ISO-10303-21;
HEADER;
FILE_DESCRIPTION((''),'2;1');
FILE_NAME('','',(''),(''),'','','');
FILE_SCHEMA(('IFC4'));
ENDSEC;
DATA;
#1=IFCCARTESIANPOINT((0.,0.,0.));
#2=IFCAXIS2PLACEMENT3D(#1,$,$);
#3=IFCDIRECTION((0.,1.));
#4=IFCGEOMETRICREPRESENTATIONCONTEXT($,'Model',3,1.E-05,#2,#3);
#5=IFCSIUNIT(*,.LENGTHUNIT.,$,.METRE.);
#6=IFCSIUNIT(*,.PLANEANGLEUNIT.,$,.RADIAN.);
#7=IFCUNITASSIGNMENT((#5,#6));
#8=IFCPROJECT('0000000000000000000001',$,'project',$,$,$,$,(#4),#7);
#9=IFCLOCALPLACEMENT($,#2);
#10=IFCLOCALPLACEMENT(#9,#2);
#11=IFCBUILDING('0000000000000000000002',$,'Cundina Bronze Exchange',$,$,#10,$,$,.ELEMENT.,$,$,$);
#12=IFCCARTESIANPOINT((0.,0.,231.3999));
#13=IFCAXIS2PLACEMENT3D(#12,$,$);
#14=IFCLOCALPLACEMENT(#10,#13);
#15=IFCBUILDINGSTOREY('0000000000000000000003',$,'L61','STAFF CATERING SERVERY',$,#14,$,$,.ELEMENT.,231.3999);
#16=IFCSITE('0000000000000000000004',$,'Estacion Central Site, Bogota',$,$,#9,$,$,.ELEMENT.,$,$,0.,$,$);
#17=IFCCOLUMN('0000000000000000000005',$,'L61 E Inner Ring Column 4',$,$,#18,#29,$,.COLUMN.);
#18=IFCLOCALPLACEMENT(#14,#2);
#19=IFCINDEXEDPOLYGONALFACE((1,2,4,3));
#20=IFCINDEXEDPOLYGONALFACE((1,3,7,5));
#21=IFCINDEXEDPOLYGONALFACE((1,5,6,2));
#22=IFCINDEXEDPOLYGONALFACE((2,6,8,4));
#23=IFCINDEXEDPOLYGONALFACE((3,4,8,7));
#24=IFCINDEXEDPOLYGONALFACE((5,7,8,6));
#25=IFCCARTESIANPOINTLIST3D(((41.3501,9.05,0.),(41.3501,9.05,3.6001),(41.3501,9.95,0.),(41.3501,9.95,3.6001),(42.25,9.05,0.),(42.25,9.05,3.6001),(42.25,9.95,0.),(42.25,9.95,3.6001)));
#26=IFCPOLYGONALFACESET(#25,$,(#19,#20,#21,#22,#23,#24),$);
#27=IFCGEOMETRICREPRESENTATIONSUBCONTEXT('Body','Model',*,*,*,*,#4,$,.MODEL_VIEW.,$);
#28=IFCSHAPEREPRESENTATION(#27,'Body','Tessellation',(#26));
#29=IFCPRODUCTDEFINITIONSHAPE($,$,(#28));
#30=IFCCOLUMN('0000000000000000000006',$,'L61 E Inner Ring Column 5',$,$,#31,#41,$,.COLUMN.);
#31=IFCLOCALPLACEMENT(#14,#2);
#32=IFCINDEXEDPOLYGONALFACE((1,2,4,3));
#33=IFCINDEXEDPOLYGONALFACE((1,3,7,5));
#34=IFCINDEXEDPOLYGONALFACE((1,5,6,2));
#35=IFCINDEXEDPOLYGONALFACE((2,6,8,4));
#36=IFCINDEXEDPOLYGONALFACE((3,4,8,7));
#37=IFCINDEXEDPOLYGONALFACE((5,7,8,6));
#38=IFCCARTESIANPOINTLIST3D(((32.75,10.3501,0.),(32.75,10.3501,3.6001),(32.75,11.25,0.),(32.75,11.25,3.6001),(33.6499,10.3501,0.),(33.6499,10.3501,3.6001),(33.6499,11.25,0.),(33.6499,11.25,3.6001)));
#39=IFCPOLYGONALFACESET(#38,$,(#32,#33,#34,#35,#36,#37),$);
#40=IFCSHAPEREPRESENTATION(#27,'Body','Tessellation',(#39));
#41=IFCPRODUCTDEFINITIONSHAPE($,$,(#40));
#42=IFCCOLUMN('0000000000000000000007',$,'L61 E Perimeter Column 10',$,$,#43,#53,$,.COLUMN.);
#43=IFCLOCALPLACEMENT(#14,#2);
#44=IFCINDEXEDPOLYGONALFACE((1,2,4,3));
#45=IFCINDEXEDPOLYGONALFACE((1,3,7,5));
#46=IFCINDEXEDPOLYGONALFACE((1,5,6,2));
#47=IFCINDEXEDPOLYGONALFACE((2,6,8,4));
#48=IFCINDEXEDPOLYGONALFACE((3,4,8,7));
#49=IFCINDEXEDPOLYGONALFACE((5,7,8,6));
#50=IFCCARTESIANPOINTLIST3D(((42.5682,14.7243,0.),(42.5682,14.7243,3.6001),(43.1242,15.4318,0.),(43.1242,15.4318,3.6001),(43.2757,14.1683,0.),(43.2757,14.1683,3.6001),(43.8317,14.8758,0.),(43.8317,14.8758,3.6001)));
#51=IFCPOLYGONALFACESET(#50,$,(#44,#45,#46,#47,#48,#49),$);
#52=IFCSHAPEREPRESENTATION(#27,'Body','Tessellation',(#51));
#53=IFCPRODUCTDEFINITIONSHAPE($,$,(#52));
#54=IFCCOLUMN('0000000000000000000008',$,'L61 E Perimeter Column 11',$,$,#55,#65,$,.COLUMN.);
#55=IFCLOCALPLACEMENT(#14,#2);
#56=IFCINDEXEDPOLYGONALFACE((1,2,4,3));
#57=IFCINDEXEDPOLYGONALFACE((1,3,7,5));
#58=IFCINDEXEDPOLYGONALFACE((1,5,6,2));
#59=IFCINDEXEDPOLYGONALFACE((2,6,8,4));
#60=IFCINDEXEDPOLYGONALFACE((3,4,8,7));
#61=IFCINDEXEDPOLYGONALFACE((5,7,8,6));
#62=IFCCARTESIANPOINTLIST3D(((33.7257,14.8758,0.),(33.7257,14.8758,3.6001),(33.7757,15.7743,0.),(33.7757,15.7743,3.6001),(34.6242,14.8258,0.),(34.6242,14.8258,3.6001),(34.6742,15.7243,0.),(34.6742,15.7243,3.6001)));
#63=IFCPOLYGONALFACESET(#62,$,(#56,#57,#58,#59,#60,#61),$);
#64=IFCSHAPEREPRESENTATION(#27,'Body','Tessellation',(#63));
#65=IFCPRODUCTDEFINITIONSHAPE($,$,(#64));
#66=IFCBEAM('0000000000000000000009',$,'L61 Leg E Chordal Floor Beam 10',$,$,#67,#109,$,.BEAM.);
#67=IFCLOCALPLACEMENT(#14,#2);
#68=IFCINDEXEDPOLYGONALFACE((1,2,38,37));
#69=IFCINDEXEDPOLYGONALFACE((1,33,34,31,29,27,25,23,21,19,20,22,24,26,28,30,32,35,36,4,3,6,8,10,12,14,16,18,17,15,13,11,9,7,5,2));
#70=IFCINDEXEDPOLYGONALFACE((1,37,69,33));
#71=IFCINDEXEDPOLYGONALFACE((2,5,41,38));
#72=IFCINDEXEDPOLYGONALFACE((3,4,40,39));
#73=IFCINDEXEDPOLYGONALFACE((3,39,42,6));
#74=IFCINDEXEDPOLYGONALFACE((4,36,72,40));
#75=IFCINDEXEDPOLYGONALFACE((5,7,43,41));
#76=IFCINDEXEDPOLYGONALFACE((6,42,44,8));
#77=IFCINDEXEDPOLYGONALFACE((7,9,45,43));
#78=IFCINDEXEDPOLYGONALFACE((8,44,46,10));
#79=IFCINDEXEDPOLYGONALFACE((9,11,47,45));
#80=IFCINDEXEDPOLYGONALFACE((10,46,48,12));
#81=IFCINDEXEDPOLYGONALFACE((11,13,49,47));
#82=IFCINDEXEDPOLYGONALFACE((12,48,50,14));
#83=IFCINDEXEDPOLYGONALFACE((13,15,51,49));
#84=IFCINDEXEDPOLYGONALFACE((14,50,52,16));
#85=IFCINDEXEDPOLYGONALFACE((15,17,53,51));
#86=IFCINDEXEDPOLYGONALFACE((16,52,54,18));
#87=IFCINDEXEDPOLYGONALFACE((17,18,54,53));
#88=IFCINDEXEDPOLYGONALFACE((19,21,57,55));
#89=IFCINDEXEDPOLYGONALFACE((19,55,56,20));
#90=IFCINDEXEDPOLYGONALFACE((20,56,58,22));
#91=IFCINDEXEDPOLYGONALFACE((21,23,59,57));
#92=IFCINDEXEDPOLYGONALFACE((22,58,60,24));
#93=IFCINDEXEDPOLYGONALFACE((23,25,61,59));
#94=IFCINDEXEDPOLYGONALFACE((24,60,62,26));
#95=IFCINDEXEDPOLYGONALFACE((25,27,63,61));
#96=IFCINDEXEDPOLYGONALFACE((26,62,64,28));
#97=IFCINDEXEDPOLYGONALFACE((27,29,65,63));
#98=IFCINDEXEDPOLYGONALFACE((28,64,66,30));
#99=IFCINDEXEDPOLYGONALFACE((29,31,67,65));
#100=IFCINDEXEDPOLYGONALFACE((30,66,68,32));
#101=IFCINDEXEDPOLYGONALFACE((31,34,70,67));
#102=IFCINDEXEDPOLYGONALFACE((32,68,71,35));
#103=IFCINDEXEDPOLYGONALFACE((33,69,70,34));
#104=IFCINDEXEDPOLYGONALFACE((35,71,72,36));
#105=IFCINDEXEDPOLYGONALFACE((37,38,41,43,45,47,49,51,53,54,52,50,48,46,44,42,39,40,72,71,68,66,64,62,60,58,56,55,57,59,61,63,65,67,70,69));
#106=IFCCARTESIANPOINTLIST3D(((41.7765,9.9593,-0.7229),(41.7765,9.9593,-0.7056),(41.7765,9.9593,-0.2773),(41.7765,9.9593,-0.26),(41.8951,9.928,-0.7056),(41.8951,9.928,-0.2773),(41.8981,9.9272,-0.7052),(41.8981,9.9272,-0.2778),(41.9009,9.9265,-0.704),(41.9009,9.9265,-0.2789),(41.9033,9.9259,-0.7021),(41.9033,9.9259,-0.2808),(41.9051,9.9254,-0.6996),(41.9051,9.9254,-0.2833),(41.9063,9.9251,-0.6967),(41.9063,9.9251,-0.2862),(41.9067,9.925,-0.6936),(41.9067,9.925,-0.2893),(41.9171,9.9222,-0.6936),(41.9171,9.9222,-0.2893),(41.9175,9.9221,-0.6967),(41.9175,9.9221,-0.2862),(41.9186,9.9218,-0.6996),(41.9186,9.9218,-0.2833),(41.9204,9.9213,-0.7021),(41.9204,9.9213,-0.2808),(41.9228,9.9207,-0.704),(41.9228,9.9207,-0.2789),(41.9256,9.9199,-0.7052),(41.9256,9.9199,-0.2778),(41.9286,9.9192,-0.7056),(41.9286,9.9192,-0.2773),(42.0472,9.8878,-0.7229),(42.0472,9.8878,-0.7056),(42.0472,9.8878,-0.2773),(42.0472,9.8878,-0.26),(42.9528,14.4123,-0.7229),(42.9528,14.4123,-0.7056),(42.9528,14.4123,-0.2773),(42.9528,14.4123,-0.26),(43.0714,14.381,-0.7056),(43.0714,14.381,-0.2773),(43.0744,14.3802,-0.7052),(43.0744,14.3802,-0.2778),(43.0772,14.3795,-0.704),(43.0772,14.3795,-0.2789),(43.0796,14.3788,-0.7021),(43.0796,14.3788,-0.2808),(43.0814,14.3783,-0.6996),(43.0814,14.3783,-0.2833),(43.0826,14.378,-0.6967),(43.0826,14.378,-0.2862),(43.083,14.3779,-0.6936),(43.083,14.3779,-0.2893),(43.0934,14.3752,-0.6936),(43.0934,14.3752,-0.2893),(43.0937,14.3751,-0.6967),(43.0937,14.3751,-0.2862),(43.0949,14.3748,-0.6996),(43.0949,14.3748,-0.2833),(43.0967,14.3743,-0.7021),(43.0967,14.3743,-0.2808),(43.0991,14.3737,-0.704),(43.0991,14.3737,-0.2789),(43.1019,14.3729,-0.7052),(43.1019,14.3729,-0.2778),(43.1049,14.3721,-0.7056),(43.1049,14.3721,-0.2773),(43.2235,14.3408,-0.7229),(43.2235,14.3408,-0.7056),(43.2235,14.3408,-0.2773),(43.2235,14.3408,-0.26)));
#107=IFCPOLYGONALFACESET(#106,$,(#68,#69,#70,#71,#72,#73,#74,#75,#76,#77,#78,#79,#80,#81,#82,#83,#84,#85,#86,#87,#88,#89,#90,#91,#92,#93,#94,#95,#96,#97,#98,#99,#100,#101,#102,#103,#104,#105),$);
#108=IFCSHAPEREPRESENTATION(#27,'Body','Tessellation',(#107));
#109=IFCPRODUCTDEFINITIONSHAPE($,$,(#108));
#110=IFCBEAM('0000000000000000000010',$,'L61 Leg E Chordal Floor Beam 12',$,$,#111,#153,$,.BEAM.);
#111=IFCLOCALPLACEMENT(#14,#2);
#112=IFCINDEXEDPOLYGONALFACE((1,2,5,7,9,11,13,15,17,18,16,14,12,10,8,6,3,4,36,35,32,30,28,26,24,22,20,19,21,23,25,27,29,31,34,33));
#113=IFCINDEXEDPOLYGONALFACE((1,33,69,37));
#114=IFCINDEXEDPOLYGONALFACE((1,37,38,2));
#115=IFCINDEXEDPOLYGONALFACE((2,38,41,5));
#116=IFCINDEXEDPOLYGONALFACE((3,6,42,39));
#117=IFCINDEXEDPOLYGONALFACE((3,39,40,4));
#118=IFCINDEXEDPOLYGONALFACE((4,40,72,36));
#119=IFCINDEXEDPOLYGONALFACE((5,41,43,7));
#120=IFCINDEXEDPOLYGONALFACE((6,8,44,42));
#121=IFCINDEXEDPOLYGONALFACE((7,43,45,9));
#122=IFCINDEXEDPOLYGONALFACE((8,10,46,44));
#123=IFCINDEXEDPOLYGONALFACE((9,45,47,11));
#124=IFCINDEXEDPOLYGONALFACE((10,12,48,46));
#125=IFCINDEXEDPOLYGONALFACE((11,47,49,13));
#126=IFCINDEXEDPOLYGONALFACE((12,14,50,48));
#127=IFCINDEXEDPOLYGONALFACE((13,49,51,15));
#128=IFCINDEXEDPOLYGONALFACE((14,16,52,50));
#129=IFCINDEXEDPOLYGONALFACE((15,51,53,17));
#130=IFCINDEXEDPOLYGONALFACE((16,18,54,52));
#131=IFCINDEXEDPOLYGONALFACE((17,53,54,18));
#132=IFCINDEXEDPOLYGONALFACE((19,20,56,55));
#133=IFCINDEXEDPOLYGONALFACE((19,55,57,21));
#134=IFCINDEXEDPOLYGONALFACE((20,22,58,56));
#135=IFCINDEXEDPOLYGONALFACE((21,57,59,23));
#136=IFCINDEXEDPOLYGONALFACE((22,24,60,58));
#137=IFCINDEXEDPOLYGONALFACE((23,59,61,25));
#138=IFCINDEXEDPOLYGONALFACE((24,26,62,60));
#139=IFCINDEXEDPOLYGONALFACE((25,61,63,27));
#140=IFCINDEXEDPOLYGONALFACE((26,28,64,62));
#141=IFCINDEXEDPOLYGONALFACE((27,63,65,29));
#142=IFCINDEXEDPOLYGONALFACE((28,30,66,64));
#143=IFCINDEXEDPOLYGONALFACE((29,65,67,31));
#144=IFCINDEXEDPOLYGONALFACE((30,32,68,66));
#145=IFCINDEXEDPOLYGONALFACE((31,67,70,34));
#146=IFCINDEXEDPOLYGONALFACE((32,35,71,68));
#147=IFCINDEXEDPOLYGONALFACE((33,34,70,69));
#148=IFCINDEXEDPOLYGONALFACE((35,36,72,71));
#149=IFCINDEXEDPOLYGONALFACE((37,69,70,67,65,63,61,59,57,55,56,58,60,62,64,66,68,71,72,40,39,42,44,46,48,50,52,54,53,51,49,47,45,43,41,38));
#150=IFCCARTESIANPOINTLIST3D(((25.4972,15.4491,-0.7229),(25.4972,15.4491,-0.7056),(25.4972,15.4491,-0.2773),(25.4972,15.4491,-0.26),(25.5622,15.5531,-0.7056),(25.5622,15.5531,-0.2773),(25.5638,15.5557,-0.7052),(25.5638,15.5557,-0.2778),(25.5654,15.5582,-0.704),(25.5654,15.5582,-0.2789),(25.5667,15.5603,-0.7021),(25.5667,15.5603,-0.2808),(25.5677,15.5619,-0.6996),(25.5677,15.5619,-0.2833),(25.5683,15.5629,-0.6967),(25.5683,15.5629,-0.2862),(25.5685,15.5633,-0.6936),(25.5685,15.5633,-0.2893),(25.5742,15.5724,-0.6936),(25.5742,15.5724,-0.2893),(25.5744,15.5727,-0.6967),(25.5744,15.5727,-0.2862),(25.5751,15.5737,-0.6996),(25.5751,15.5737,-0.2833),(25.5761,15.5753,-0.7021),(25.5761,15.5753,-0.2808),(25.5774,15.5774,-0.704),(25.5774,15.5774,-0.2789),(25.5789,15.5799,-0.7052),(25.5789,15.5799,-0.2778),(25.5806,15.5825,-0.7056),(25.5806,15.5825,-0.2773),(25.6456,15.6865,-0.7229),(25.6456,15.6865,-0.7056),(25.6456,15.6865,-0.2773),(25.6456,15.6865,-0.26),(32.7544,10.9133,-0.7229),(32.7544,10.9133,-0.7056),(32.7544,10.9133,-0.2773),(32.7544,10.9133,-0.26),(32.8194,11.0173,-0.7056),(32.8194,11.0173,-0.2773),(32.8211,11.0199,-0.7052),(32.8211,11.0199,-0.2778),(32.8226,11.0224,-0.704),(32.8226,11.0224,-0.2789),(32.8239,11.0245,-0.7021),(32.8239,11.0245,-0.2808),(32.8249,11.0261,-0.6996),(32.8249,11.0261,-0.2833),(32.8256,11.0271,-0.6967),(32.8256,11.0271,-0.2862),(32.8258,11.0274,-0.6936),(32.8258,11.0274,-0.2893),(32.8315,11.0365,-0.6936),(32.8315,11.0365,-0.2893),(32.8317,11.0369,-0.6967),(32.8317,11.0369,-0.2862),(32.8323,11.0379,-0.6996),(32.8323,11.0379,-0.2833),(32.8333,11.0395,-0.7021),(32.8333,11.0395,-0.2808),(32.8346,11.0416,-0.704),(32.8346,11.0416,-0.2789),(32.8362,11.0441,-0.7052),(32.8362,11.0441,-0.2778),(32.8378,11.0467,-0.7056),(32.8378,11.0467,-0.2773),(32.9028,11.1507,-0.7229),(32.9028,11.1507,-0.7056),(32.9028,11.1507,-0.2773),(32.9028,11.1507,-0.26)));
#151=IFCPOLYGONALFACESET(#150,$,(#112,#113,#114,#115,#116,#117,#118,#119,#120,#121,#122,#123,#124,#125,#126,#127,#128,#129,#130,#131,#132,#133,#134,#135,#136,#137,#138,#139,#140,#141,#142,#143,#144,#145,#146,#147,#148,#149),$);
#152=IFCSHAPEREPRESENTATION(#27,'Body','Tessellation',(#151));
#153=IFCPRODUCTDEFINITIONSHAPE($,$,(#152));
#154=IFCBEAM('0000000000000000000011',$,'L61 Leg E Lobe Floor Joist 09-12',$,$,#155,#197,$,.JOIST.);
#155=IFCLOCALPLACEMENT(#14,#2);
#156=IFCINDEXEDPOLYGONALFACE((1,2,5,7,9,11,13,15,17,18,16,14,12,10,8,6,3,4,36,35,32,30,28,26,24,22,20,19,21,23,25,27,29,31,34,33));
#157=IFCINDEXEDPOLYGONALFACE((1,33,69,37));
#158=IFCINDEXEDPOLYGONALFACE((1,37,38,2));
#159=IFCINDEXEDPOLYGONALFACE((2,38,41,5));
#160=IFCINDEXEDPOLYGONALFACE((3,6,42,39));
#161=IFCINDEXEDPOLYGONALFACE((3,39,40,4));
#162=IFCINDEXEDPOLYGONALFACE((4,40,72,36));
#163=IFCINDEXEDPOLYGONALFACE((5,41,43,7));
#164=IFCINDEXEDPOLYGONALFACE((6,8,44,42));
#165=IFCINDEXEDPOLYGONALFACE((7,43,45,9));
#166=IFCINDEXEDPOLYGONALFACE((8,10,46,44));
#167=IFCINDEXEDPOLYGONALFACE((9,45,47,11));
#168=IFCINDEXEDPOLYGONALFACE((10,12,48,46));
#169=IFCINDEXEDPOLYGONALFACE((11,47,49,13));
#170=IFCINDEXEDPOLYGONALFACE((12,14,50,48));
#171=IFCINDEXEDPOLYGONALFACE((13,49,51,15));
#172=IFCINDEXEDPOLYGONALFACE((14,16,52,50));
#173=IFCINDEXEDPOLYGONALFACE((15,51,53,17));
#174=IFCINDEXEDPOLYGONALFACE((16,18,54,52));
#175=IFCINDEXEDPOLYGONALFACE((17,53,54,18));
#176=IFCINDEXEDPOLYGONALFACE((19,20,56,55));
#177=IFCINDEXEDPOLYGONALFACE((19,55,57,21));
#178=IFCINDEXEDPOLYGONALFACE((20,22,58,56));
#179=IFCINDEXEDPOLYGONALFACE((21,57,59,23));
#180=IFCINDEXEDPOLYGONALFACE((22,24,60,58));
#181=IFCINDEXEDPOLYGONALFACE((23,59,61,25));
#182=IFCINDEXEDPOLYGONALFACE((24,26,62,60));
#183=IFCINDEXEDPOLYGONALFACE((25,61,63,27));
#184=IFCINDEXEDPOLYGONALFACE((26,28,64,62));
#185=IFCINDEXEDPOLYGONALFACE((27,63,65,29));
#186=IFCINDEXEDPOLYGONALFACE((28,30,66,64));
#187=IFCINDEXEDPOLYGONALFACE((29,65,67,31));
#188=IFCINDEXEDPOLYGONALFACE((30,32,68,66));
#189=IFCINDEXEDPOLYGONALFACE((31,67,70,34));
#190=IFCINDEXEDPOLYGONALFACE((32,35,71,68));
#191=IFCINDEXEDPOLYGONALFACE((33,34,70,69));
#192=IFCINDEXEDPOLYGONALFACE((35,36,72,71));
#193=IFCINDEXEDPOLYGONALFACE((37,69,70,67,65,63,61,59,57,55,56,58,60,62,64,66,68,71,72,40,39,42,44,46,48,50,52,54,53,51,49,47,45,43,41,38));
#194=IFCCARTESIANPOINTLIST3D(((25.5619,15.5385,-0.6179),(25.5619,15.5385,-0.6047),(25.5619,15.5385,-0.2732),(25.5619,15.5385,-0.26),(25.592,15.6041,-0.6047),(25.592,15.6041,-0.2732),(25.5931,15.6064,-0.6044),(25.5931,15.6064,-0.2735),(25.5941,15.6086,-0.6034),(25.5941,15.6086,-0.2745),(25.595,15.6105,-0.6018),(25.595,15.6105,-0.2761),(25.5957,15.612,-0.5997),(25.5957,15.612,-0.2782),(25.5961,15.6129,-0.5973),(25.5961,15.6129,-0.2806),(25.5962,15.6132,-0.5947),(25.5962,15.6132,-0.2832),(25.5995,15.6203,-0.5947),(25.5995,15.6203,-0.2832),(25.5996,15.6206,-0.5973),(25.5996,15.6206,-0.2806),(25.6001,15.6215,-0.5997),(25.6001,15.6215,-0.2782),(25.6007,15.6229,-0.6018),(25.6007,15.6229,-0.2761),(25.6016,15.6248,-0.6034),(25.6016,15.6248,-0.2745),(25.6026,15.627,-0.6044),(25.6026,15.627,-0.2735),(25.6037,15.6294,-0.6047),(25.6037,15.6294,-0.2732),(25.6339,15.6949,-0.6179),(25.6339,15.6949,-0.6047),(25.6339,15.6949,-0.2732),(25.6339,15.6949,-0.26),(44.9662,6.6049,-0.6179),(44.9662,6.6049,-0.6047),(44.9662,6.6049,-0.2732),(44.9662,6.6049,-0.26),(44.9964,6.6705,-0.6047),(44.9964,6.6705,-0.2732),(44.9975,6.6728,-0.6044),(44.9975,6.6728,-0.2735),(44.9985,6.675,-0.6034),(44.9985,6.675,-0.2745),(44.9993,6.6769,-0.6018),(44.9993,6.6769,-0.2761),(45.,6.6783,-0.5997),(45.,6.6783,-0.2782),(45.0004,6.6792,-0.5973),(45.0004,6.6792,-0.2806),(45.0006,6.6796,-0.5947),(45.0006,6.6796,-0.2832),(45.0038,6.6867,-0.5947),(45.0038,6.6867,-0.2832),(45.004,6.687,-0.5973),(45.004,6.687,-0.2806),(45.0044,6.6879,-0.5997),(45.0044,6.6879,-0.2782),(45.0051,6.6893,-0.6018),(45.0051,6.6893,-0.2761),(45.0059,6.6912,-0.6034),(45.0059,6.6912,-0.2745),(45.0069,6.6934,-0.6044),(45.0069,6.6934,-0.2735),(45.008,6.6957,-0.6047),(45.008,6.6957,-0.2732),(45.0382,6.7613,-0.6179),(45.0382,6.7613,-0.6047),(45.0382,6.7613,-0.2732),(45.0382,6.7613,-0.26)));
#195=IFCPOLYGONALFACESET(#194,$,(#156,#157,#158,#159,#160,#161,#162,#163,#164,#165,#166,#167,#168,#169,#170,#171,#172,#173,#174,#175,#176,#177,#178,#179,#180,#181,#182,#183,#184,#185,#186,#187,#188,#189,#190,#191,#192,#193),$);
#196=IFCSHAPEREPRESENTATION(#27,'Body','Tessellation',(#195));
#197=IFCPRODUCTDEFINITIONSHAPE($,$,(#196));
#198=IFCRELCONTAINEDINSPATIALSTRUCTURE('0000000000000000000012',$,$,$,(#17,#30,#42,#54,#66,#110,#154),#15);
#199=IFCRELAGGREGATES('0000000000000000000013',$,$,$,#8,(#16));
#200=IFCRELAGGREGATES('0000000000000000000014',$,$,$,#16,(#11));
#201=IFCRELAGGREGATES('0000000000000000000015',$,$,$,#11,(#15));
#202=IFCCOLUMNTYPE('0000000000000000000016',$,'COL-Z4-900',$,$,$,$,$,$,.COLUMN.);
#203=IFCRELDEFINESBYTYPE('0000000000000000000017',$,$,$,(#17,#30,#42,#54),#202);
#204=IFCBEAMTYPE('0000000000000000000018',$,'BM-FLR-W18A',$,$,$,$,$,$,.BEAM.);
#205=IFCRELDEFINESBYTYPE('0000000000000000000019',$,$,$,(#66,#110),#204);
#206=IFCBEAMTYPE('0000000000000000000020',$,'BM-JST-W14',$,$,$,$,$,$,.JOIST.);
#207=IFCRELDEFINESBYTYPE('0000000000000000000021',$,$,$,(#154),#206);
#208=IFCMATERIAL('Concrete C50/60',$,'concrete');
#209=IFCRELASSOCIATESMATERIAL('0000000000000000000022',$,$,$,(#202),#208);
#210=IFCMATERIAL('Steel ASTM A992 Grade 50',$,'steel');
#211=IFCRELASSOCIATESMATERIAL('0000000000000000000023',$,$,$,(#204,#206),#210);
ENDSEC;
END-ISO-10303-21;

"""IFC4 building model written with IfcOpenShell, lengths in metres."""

from ifc_helpers import new_model, si_unit, direction, frame, origin, origin_2d, place, context, subcontext, project, spatial, rectangle, i_section, extrude, material, material_profile, profile_set, type_object, element, save


model = new_model("IFC4")

# Units and contexts
model_context = context("Model", 3, precision=1e-05, world=origin(), true_north=direction((0.0, 1.0)))
body_context = subcontext(model_context, "Body", "Model", "MODEL_VIEW")
ifc_project = project(units=[si_unit("LENGTHUNIT", "METRE"), si_unit("PLANEANGLEUNIT", "RADIAN")], contexts=[model_context])

# Site, building, storey
site_placement = place(None, origin())
site = spatial("IfcSite", under=ifc_project, at=site_placement, Name="Estacion Central Site, Bogota", CompositionType="ELEMENT", RefElevation=0.0)
building_placement = place(site_placement, origin())
building = spatial("IfcBuilding", under=site, at=building_placement, Name="Cundina Bronze Exchange", CompositionType="ELEMENT")
storey_placement = place(building_placement, frame((0.0, 0.0, 231.3999)))
storey = spatial("IfcBuildingStorey", under=building, at=storey_placement, Name="L61", Description="STAFF CATERING SERVERY", CompositionType="ELEMENT", Elevation=231.3999)

# Columns
ifc_material_1 = material(Name="Concrete C50/60", Category="concrete")
ifc_material_profile_1 = material_profile(ifc_material_1, rectangle(XDim=0.8999, YDim=0.8999, at=origin_2d()), Name="RC900X900", Category="concrete")
ifc_profile_set_1 = profile_set([ifc_material_profile_1], Name="Concrete C50/60")
column_type = type_object("IfcColumnType", Name="COL-Z4-900", PredefinedType="COLUMN", material=ifc_profile_set_1)
for number, where, z_axis, x_axis, name in (
    (1, (41.8, 9.5, 0.0), (0.0, 0.0, 1.0), (1.0, 0.0, 0.0), "L61 E Inner Ring Column 4"),
    (2, (33.2, 10.8, 0.0), (0.0, 0.0, 1.0), (1.0, 0.0, 0.0), "L61 E Inner Ring Column 5"),
    (3, (43.2, 14.8, 0.0), (0.0, 0.0, 1.0), (-0.786288, 0.61786, 0.0), "L61 E Perimeter Column 10"),
    (4, (34.2, 15.3, 0.0), (0.0, 0.0, 1.0), (-0.99846, 0.055473, 0.0), "L61 E Perimeter Column 11"),
):
    element("IfcColumn", number, at=place(storey_placement, frame(where, z_axis=z_axis, x_axis=x_axis)), inside=storey, type_object=column_type, Name=name, PredefinedType="COLUMN", context=body_context, shape_type="SweptSolid", body=[
        extrude(rectangle(XDim=0.8999, YDim=0.8999, at=origin_2d()), origin(), (0.0, 0.0, 1.0), 3.6001),
    ])

# Beams
ifc_material_2 = material(Name="Steel ASTM A992 Grade 50", Category="steel")
ifc_material_profile_2 = material_profile(ifc_material_2, i_section(OverallWidth=0.28, OverallDepth=0.4629, WebThickness=0.0107, FlangeThickness=0.0173, FilletRadius=0.012, at=origin_2d()), Name="W18X76", Category="steel")
ifc_profile_set_2 = profile_set([ifc_material_profile_2], Name="Steel ASTM A992 Grade 50")
beam_type_1 = type_object("IfcBeamType", Name="BM-FLR-W18A", PredefinedType="BEAM", material=ifc_profile_set_2)
beam_1_placement = place(storey_placement, frame((41.9119, 9.9236, -0.4915), z_axis=(0.255399, 0.966836, 0.0), x_axis=(-0.966836, 0.255399, 0.0)))
element("IfcBeam", 5, at=beam_1_placement, inside=storey, type_object=beam_type_1, Name="L61 Leg E Chordal Floor Beam 10", PredefinedType="BEAM", context=body_context, shape_type="SweptSolid", body=[
    extrude(i_section(OverallWidth=0.28, OverallDepth=0.4629, WebThickness=0.0107, FlangeThickness=0.0173, FilletRadius=0.012, at=origin_2d()), origin(), (0.0, 0.0, 1.0), 4.6057),
])
beam_2_placement = place(storey_placement, frame((32.8286, 11.032, -0.4915), z_axis=(-0.847995, 0.530004, 0.0), x_axis=(-0.530004, -0.847995, 0.0)))
element("IfcBeam", 6, at=beam_2_placement, inside=storey, type_object=beam_type_1, Name="L61 Leg E Chordal Floor Beam 12", PredefinedType="BEAM", context=body_context, shape_type="SweptSolid", body=[
    extrude(i_section(OverallWidth=0.28, OverallDepth=0.4629, WebThickness=0.0107, FlangeThickness=0.0173, FilletRadius=0.012, at=origin_2d()), origin(), (0.0, 0.0, 1.0), 8.5581),
])
ifc_material_profile_3 = material_profile(ifc_material_2, i_section(OverallWidth=0.1721, OverallDepth=0.3579, WebThickness=0.0078, FlangeThickness=0.0132, FilletRadius=0.01, at=origin_2d()), Name="W14X38", Category="steel")
ifc_profile_set_3 = profile_set([ifc_material_profile_3], Name="Steel ASTM A992 Grade 50")
beam_type_2 = type_object("IfcBeamType", Name="BM-JST-W14", PredefinedType="JOIST", material=ifc_profile_set_3)
beam_3_placement = place(storey_placement, frame((45.0022, 6.6831, -0.439), z_axis=(-0.908355, 0.4182, 0.0), x_axis=(-0.4182, -0.908355, 0.0)))
element("IfcBeam", 7, at=beam_3_placement, inside=storey, type_object=beam_type_2, Name="L61 Leg E Lobe Floor Joist 09-12", PredefinedType="JOIST", context=body_context, shape_type="SweptSolid", body=[
    extrude(i_section(OverallWidth=0.1721, OverallDepth=0.3579, WebThickness=0.0078, FlangeThickness=0.0132, FilletRadius=0.01, at=origin_2d()), origin(), (0.0, 0.0, 1.0), 21.3621),
])

save(model, "model.ifc")
